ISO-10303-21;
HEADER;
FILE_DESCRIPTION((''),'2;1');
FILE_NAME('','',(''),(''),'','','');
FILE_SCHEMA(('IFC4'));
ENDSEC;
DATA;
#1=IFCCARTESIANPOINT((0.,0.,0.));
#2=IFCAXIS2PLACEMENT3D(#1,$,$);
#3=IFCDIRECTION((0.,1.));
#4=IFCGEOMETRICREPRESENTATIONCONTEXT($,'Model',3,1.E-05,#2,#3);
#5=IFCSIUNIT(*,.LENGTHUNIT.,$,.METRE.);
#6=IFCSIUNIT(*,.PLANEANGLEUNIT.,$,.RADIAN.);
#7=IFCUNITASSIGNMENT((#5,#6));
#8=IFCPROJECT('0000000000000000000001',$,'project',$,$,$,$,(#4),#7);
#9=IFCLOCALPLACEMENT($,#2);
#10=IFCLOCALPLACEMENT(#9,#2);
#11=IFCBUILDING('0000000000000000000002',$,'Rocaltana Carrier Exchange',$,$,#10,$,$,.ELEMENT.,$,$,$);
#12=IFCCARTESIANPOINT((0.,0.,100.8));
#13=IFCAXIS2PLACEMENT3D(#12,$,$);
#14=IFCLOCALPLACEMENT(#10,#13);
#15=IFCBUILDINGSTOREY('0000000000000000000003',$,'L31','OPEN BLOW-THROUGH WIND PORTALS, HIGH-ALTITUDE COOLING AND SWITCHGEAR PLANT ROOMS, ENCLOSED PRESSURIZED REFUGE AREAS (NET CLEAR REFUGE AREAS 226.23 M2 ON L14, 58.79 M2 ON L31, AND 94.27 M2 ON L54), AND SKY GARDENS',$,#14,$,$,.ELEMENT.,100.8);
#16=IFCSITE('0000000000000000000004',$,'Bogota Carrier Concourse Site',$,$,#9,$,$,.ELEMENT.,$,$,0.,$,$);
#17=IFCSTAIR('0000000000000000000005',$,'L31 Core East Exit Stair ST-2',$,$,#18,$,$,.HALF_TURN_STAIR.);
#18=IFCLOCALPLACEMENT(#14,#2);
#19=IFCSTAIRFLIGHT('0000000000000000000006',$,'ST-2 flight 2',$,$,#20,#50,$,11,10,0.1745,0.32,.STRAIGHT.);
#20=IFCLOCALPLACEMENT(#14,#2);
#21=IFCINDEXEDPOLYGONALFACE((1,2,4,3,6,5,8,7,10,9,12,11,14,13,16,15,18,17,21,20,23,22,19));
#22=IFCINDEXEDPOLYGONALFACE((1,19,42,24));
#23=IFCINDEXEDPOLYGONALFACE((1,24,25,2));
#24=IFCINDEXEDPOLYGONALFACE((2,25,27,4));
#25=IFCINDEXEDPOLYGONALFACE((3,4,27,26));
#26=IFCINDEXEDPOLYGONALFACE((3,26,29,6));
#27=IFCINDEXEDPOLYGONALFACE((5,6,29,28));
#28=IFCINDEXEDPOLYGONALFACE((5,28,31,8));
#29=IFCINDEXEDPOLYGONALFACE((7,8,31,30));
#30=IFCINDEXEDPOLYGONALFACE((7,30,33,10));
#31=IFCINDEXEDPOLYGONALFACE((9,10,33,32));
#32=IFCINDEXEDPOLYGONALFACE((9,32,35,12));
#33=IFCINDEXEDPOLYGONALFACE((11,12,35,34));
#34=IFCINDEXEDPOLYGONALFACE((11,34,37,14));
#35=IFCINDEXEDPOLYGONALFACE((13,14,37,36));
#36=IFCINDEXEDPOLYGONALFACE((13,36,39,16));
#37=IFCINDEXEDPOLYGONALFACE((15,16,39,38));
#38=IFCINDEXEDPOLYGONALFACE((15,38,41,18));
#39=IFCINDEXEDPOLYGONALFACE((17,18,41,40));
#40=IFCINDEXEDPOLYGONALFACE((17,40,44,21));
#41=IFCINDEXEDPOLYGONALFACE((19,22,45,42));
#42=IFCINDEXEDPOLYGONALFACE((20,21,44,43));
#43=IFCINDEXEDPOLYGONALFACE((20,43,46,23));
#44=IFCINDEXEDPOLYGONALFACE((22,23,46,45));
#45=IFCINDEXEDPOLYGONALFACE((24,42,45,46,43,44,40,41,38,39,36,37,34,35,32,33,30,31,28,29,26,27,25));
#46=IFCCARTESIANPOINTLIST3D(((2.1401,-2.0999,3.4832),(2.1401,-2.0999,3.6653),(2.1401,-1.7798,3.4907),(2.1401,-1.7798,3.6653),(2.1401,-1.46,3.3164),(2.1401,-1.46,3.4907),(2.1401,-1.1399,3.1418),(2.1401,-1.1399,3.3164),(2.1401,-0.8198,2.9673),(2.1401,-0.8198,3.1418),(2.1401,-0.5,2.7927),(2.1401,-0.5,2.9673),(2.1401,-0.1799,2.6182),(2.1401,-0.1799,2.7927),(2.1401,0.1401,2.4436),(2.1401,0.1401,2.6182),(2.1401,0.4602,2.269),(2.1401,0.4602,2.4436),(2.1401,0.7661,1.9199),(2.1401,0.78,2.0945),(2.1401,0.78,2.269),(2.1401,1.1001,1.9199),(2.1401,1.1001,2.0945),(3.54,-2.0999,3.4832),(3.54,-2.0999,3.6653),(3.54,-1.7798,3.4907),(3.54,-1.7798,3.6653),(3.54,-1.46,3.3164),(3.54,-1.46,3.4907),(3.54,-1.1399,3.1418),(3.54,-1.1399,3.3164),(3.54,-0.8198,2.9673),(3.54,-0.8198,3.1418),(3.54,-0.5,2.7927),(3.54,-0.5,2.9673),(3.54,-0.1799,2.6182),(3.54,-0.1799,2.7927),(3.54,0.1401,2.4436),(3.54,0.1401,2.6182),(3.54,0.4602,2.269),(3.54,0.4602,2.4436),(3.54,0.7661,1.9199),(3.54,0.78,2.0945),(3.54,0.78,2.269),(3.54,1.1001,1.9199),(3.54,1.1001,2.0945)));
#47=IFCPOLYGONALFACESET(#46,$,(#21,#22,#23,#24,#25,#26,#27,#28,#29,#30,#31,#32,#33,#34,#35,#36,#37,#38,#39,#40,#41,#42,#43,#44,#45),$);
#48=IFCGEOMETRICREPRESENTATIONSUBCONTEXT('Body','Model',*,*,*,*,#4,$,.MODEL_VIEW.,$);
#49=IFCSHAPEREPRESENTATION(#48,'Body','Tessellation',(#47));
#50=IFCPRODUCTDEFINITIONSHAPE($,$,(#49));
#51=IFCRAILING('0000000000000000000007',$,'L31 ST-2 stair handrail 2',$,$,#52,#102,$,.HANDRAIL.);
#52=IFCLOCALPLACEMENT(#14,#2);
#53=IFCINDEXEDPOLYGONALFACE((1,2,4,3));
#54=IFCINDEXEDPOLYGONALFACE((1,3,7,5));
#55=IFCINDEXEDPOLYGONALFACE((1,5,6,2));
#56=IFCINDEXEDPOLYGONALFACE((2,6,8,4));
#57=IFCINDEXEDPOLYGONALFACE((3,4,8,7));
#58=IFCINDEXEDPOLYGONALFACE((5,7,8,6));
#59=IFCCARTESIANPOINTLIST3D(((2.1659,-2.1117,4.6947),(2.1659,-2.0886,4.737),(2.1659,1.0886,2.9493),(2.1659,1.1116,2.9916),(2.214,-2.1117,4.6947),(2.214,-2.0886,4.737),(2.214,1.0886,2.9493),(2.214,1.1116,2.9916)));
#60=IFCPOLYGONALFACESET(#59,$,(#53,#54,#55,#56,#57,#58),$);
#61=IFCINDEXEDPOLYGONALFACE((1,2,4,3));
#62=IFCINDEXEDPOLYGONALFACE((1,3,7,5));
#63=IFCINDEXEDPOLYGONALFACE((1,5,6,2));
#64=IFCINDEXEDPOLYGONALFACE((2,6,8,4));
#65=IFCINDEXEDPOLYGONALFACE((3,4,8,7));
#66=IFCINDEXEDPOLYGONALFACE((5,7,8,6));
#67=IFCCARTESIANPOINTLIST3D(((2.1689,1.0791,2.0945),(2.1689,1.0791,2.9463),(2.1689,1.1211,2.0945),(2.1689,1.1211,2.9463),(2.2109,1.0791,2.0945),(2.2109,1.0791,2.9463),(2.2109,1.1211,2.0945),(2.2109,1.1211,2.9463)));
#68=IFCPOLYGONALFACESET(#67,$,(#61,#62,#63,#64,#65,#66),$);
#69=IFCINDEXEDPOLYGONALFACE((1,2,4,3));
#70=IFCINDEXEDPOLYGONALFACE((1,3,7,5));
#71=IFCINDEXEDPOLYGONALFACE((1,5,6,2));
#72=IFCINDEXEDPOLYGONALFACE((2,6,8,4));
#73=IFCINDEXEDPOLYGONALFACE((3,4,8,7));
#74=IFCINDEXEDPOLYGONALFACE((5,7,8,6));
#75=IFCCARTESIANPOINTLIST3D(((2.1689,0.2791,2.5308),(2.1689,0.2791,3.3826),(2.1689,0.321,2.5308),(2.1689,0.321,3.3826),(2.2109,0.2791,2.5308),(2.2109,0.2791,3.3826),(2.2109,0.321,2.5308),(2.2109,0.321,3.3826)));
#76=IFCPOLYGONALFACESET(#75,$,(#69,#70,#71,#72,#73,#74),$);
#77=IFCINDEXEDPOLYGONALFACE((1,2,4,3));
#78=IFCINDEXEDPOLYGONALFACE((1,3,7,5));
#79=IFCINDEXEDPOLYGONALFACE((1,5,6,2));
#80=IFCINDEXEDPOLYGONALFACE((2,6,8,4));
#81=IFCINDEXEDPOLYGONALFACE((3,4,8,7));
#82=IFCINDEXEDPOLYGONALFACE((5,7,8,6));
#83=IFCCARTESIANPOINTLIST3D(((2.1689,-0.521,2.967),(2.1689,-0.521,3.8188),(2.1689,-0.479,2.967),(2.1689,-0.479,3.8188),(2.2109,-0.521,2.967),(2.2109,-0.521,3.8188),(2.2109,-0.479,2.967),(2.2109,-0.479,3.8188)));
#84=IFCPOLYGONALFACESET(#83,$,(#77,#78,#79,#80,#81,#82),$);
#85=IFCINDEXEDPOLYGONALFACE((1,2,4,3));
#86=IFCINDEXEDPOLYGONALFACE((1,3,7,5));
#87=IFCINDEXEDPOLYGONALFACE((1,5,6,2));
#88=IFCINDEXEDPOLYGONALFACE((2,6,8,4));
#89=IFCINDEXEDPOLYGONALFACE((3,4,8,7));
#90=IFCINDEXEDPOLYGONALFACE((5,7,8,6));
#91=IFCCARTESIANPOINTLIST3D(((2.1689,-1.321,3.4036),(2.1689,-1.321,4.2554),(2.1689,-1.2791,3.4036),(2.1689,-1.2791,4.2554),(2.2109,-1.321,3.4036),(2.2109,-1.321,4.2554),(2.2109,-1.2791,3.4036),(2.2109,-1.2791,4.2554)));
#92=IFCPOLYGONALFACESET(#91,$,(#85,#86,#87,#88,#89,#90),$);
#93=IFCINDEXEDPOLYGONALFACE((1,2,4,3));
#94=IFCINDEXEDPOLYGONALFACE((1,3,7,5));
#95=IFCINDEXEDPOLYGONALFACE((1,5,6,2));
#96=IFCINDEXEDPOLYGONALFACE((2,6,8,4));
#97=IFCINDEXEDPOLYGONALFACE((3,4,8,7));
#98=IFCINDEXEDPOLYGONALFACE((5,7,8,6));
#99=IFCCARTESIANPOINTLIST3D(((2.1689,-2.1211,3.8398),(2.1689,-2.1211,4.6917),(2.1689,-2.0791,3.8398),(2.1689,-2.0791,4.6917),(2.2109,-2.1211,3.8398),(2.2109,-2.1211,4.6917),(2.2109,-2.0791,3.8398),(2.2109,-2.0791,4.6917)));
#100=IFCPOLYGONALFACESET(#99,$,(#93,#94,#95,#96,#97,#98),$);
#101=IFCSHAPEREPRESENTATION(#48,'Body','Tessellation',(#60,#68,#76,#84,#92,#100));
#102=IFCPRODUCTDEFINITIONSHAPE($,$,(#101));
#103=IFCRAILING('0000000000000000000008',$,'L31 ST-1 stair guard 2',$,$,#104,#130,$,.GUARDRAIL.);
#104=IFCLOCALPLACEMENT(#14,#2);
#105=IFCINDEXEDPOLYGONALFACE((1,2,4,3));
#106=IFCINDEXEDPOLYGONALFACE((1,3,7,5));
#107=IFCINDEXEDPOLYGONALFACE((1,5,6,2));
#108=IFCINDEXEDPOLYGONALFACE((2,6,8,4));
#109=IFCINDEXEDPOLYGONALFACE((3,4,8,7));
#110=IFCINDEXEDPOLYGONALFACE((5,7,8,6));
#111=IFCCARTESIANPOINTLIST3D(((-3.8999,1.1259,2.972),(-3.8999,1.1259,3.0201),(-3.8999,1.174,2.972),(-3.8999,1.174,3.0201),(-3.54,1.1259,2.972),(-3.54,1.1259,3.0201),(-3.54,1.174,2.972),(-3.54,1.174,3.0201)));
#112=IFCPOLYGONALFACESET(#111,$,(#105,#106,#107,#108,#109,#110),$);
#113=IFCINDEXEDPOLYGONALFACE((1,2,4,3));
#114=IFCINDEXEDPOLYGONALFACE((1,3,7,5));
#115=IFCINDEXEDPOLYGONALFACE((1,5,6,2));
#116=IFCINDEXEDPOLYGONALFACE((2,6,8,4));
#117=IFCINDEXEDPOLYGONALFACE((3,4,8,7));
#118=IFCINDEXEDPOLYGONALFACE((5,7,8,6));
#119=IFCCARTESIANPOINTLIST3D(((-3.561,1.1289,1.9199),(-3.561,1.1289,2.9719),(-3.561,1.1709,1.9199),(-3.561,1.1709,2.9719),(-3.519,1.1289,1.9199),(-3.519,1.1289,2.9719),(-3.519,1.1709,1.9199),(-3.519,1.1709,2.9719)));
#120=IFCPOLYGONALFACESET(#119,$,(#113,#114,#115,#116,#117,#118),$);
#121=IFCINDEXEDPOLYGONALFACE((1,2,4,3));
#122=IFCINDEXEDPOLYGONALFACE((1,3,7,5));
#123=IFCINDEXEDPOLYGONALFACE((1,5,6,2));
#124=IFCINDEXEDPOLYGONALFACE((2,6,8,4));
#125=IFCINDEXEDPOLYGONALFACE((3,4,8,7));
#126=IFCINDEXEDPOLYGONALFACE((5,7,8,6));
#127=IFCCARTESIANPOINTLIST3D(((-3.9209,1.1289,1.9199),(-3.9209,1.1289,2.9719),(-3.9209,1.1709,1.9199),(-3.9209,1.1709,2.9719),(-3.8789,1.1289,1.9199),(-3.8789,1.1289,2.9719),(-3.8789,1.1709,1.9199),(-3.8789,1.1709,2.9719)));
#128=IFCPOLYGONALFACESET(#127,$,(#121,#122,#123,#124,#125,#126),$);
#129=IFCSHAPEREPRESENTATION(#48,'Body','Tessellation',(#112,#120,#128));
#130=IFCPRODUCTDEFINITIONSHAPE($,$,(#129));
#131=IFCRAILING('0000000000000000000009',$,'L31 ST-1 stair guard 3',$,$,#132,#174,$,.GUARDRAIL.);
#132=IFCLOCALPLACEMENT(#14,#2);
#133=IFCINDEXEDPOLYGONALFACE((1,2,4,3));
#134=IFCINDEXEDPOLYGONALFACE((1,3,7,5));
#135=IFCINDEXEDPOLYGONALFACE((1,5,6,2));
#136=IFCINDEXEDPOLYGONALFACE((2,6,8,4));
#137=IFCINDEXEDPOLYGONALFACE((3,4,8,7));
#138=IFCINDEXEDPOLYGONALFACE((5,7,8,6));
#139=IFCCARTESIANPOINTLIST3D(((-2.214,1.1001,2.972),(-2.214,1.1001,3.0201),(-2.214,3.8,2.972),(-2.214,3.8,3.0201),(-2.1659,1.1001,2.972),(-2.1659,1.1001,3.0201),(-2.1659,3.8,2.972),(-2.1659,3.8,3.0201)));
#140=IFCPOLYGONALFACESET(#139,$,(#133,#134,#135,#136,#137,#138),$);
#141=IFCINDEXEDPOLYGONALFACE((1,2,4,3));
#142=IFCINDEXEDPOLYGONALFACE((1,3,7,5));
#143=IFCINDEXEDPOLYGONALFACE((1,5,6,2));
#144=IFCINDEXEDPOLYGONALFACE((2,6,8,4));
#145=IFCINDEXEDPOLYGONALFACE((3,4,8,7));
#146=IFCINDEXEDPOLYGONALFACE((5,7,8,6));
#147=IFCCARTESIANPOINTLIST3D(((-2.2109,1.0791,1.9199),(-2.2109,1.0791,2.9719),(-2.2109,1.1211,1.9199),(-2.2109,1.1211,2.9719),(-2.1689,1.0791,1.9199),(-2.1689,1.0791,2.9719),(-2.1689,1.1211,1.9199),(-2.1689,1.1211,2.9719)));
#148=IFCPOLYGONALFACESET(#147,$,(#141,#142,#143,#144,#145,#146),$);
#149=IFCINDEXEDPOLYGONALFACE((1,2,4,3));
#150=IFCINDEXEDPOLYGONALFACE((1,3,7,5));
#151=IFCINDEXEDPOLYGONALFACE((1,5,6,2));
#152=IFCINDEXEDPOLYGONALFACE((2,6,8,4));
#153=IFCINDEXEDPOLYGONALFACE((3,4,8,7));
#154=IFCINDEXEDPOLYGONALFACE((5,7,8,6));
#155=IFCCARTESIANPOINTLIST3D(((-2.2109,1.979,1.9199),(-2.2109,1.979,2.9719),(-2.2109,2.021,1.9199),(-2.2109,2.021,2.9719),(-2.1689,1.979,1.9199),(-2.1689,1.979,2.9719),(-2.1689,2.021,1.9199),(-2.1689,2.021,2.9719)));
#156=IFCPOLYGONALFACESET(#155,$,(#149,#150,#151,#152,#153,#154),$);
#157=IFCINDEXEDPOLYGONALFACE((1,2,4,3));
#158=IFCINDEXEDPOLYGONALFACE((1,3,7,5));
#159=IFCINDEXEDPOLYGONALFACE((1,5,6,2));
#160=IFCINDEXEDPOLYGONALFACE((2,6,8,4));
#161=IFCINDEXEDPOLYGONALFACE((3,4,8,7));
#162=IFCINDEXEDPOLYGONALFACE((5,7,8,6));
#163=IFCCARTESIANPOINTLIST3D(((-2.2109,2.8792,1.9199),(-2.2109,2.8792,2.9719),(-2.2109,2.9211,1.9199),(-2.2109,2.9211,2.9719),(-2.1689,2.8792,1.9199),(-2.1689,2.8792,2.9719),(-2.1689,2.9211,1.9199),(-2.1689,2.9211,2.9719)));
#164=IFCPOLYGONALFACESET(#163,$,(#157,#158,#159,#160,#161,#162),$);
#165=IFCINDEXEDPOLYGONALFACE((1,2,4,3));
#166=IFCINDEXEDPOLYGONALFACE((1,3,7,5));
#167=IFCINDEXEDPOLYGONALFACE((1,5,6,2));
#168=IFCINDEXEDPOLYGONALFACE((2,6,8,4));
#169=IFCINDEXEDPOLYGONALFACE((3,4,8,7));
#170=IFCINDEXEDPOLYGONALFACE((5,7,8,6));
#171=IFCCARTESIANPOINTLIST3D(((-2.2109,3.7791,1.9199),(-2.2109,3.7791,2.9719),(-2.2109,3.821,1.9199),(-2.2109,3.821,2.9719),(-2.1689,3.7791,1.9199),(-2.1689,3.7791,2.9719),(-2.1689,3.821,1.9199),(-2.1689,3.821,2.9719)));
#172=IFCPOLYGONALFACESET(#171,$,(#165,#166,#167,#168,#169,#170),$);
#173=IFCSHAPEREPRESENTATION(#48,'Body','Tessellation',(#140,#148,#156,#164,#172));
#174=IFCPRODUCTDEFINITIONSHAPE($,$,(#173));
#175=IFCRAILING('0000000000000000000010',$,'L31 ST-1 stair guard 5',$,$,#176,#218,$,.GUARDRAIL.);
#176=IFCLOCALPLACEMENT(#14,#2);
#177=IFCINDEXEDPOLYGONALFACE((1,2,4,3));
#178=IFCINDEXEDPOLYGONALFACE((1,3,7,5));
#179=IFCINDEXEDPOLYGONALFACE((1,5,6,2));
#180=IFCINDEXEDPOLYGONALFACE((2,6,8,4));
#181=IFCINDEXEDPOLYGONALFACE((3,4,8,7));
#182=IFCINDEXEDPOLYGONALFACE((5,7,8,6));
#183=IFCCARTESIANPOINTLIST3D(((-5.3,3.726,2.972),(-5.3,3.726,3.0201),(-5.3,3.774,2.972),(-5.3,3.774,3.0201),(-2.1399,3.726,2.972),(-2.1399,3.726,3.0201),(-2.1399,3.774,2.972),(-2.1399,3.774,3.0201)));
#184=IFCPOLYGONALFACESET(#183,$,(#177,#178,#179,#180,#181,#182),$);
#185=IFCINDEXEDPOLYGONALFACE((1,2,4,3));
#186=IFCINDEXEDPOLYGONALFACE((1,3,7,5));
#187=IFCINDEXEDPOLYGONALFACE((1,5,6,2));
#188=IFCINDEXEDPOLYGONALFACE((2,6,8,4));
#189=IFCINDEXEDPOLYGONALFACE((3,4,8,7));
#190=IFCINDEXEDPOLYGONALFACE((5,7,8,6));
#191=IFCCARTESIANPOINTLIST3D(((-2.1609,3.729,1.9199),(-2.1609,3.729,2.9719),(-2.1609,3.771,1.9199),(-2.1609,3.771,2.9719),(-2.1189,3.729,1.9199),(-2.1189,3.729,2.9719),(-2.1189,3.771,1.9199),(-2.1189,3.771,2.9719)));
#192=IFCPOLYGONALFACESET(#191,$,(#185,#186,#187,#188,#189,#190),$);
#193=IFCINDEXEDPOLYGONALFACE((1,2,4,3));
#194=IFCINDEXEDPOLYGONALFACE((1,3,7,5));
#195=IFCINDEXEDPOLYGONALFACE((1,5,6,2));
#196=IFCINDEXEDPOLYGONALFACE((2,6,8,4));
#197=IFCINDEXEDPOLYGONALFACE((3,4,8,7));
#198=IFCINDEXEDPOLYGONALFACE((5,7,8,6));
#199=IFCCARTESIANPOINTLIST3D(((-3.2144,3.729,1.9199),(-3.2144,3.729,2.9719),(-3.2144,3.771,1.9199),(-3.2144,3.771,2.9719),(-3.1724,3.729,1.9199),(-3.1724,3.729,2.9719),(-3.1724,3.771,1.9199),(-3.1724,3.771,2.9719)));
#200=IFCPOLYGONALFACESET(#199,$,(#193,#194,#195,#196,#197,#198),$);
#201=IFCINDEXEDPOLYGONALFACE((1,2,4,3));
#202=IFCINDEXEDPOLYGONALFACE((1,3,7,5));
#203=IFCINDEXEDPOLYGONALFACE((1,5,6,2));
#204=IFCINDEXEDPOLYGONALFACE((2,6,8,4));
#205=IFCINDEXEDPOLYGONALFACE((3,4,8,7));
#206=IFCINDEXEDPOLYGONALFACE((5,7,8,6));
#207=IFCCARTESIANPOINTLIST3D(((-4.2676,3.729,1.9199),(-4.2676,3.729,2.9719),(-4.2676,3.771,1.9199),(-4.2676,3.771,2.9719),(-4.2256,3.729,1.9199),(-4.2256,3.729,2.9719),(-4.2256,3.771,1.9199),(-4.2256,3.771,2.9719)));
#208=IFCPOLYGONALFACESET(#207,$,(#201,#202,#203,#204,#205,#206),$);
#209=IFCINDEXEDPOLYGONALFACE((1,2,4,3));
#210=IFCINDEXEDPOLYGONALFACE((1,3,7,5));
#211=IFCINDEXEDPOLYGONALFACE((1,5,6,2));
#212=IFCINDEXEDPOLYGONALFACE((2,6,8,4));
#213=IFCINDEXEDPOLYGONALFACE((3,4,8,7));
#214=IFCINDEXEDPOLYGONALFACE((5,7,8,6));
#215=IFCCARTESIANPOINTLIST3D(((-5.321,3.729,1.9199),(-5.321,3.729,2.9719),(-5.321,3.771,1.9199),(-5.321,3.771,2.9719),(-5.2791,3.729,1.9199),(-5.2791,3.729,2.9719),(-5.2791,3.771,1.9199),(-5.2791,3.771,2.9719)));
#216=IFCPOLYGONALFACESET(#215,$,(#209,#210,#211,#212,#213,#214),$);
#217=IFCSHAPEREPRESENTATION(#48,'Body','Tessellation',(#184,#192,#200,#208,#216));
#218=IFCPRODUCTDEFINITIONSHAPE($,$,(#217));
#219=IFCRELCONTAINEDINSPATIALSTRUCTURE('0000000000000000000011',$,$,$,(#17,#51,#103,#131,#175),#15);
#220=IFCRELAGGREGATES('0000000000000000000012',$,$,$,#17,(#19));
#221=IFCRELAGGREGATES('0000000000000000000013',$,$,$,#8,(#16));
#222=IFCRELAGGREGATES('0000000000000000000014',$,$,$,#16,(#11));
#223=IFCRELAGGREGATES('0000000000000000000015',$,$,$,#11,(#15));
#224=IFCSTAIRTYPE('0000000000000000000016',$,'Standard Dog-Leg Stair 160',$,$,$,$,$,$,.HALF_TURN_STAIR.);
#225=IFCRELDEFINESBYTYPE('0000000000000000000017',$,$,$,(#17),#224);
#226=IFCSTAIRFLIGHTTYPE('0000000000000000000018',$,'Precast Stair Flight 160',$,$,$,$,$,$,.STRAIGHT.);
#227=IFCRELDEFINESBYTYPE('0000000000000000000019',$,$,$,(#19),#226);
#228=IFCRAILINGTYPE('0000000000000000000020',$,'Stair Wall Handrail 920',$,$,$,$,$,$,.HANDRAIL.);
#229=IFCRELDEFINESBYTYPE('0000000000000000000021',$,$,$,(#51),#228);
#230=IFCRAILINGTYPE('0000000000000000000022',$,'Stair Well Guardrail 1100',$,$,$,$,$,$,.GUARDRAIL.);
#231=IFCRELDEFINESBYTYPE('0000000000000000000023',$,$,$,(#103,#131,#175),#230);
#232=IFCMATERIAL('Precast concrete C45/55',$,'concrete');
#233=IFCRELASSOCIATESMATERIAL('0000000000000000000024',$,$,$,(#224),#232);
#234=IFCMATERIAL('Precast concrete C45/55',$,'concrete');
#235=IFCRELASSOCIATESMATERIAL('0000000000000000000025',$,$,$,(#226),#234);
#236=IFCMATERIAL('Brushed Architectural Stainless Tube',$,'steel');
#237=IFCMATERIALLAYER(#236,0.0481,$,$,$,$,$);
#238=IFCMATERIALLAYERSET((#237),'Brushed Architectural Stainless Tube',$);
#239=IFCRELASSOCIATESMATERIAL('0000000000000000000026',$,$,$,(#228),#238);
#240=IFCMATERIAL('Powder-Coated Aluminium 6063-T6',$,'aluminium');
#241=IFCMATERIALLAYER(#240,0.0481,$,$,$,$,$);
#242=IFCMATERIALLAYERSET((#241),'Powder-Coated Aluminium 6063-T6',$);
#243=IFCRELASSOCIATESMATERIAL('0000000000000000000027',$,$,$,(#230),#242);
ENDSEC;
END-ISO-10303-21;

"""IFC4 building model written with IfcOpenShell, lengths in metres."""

from ifc_helpers import new_model, si_unit, direction, frame, origin, origin_2d, place, context, subcontext, project, spatial, polyline, rectangle, outline, extrude, material, layer, layer_set, type_object, element, aggregate, save


model = new_model("IFC4")

# Units and contexts
model_context = context("Model", 3, precision=1e-05, world=origin(), true_north=direction((0.0, 1.0)))
body_context = subcontext(model_context, "Body", "Model", "MODEL_VIEW")
ifc_project = project(units=[si_unit("LENGTHUNIT", "METRE"), si_unit("PLANEANGLEUNIT", "RADIAN")], contexts=[model_context])

# Site, building, storey
site_placement = place(None, origin())
site = spatial("IfcSite", under=ifc_project, at=site_placement, Name="Bogota Carrier Concourse Site", CompositionType="ELEMENT", RefElevation=0.0)
building_placement = place(site_placement, origin())
building = spatial("IfcBuilding", under=site, at=building_placement, Name="Rocaltana Carrier Exchange", CompositionType="ELEMENT")
storey_placement = place(building_placement, frame((0.0, 0.0, 100.8)))
storey = spatial("IfcBuildingStorey", under=building, at=storey_placement, Name="L31", Description="OPEN BLOW-THROUGH WIND PORTALS, HIGH-ALTITUDE COOLING AND SWITCHGEAR PLANT ROOMS, ENCLOSED PRESSURIZED REFUGE AREAS (NET CLEAR REFUGE AREAS 226.23 M2 ON L14, 58.79 M2 ON L31, AND 94.27 M2 ON L54), AND SKY GARDENS", CompositionType="ELEMENT", Elevation=100.8)

# Stair
ifc_material_1 = material(Name="Precast concrete C45/55", Category="concrete")
stair_type = type_object("IfcStairType", Name="Standard Dog-Leg Stair 160", PredefinedType="HALF_TURN_STAIR", material=ifc_material_1)
stair_1_placement = place(storey_placement, origin())
stair_1 = element("IfcStair", 1, at=stair_1_placement, inside=storey, type_object=stair_type, Name="L31 Core East Exit Stair ST-2", PredefinedType="HALF_TURN_STAIR")

# Stair flight
ifc_material_2 = material(Name="Precast concrete C45/55", Category="concrete")
stair_flight_type = type_object("IfcStairFlightType", Name="Precast Stair Flight 160", PredefinedType="STRAIGHT", material=ifc_material_2)
stair_flight_placement = place(storey_placement, frame((2.8401, 1.1001, 1.9199), z_axis=(0.0, 0.0, 1.0), x_axis=(0.0, -1.0, 0.0)))
stair_flight = element("IfcStairFlight", 2, at=stair_flight_placement, type_object=stair_flight_type, Name="ST-2 flight 2", NumberOfRisers=11, NumberOfTreads=10, PredefinedType="STRAIGHT", RiserHeight=0.1745, TreadLength=0.32, context=body_context, shape_type="SweptSolid", body=[
    extrude(outline(polyline([(0.0, 0.0), (0.0, 0.1746), (0.3201, 0.1746), (0.3201, 0.3491), (0.6399, 0.3491), (0.6399, 0.5237), (0.96, 0.5237), (0.96, 0.6982), (1.28, 0.6982), (1.28, 0.8728), (1.6001, 0.8728), (1.6001, 1.0474), (1.9199, 1.0474), (1.9199, 1.2219), (2.24, 1.2219), (2.24, 1.3965), (2.5601, 1.3965), (2.5601, 1.5708), (2.8799, 1.5708), (2.8799, 1.7454), (3.2, 1.7454), (3.2, 1.9199), (3.2, 1.5632), (0.334, 0.0), (0.0, 0.0)])), frame((0.0, 0.7, 0.0), z_axis=(0.0, -1.0, 0.0), x_axis=(1.0, 0.0, 0.0)), (0.0, 0.0, 1.0), 1.3999),
])
aggregate(stair_1, [stair_flight])

# Railings
ifc_material_3 = material(Name="Brushed Architectural Stainless Tube", Category="steel")
ifc_layer_1 = layer(ifc_material_3, 0.0481)
ifc_layer_set_1 = layer_set([ifc_layer_1], Name="Brushed Architectural Stainless Tube")
railing_type_1 = type_object("IfcRailingType", Name="Stair Wall Handrail 920", PredefinedType="HANDRAIL", material=ifc_layer_set_1)
railing_1_placement = place(storey_placement, frame((2.1899, 1.1001, 2.0945)))
element("IfcRailing", 3, at=railing_1_placement, inside=storey, type_object=railing_type_1, Name="L31 ST-2 stair handrail 2", PredefinedType="HANDRAIL", context=body_context, shape_type="SweptSolid", body=[
    extrude(rectangle(XDim=0.0481, YDim=0.0481, at=origin_2d()), frame((0.0, 0.0, 0.876), z_axis=(0.0, -0.877919, 0.47881), x_axis=(1.0, 0.0, 0.0)), (0.0, 0.0, 1.0), 3.6453),
    extrude(rectangle(XDim=0.042, YDim=0.042, at=origin_2d()), origin(), (0.0, 0.0, 1.0), 0.8518),
    extrude(rectangle(XDim=0.042, YDim=0.042, at=origin_2d()), frame((0.0, -0.8, 0.4363)), (0.0, 0.0, 1.0), 0.8518),
    extrude(rectangle(XDim=0.042, YDim=0.042, at=origin_2d()), frame((0.0, -1.6001, 0.8726)), (0.0, 0.0, 1.0), 0.8518),
    extrude(rectangle(XDim=0.042, YDim=0.042, at=origin_2d()), frame((0.0, -2.4001, 1.3091)), (0.0, 0.0, 1.0), 0.8518),
    extrude(rectangle(XDim=0.042, YDim=0.042, at=origin_2d()), frame((0.0, -3.2002, 1.7454)), (0.0, 0.0, 1.0), 0.8518),
])
ifc_material_4 = material(Name="Powder-Coated Aluminium 6063-T6", Category="aluminium")
ifc_layer_2 = layer(ifc_material_4, 0.0481)
ifc_layer_set_2 = layer_set([ifc_layer_2], Name="Powder-Coated Aluminium 6063-T6")
railing_type_2 = type_object("IfcRailingType", Name="Stair Well Guardrail 1100", PredefinedType="GUARDRAIL", material=ifc_layer_set_2)
railing_2_placement = place(storey_placement, frame((-3.54, 1.1499, 1.9199)))
element("IfcRailing", 4, at=railing_2_placement, inside=storey, type_object=railing_type_2, Name="L31 ST-1 stair guard 2", PredefinedType="GUARDRAIL", context=body_context, shape_type="SweptSolid", body=[
    extrude(rectangle(XDim=0.0481, YDim=0.0481, at=origin_2d()), frame((0.0, 0.0, 1.0762), z_axis=(-1.0, 0.0, 0.0), x_axis=(0.0, -1.0, 0.0)), (0.0, 0.0, 1.0), 0.3599),
    extrude(rectangle(XDim=0.042, YDim=0.042, at=origin_2d()), origin(), (0.0, 0.0, 1.0), 1.052),
    extrude(rectangle(XDim=0.042, YDim=0.042, at=origin_2d()), frame((-0.3599, 0.0, 0.0)), (0.0, 0.0, 1.0), 1.052),
])
railing_3_placement = place(storey_placement, frame((-2.1899, 1.1001, 1.9199)))
element("IfcRailing", 5, at=railing_3_placement, inside=storey, type_object=railing_type_2, Name="L31 ST-1 stair guard 3", PredefinedType="GUARDRAIL", context=body_context, shape_type="SweptSolid", body=[
    extrude(rectangle(XDim=0.0481, YDim=0.0481, at=origin_2d()), frame((0.0, 0.0, 1.0762), z_axis=(0.0, 1.0, 0.0), x_axis=(-1.0, 0.0, 0.0)), (0.0, 0.0, 1.0), 2.7),
    extrude(rectangle(XDim=0.042, YDim=0.042, at=origin_2d()), origin(), (0.0, 0.0, 1.0), 1.052),
    extrude(rectangle(XDim=0.042, YDim=0.042, at=origin_2d()), frame((0.0, 0.8999, 0.0)), (0.0, 0.0, 1.0), 1.052),
    extrude(rectangle(XDim=0.042, YDim=0.042, at=origin_2d()), frame((0.0, 1.8, 0.0)), (0.0, 0.0, 1.0), 1.052),
    extrude(rectangle(XDim=0.042, YDim=0.042, at=origin_2d()), frame((0.0, 2.7, 0.0)), (0.0, 0.0, 1.0), 1.052),
])
railing_4_placement = place(storey_placement, frame((-2.1399, 3.75, 1.9199)))
element("IfcRailing", 6, at=railing_4_placement, inside=storey, type_object=railing_type_2, Name="L31 ST-1 stair guard 5", PredefinedType="GUARDRAIL", context=body_context, shape_type="SweptSolid", body=[
    extrude(rectangle(XDim=0.0481, YDim=0.0481, at=origin_2d()), frame((0.0, 0.0, 1.0762), z_axis=(-1.0, 0.0, 0.0), x_axis=(0.0, -1.0, 0.0)), (0.0, 0.0, 1.0), 3.1602),
    extrude(rectangle(XDim=0.042, YDim=0.042, at=origin_2d()), origin(), (0.0, 0.0, 1.0), 1.052),
    extrude(rectangle(XDim=0.042, YDim=0.042, at=origin_2d()), frame((-1.0535, 0.0, 0.0)), (0.0, 0.0, 1.0), 1.052),
    extrude(rectangle(XDim=0.042, YDim=0.042, at=origin_2d()), frame((-2.1067, 0.0, 0.0)), (0.0, 0.0, 1.0), 1.052),
    extrude(rectangle(XDim=0.042, YDim=0.042, at=origin_2d()), frame((-3.1602, 0.0, 0.0)), (0.0, 0.0, 1.0), 1.052),
])

save(model, "model.ifc")
